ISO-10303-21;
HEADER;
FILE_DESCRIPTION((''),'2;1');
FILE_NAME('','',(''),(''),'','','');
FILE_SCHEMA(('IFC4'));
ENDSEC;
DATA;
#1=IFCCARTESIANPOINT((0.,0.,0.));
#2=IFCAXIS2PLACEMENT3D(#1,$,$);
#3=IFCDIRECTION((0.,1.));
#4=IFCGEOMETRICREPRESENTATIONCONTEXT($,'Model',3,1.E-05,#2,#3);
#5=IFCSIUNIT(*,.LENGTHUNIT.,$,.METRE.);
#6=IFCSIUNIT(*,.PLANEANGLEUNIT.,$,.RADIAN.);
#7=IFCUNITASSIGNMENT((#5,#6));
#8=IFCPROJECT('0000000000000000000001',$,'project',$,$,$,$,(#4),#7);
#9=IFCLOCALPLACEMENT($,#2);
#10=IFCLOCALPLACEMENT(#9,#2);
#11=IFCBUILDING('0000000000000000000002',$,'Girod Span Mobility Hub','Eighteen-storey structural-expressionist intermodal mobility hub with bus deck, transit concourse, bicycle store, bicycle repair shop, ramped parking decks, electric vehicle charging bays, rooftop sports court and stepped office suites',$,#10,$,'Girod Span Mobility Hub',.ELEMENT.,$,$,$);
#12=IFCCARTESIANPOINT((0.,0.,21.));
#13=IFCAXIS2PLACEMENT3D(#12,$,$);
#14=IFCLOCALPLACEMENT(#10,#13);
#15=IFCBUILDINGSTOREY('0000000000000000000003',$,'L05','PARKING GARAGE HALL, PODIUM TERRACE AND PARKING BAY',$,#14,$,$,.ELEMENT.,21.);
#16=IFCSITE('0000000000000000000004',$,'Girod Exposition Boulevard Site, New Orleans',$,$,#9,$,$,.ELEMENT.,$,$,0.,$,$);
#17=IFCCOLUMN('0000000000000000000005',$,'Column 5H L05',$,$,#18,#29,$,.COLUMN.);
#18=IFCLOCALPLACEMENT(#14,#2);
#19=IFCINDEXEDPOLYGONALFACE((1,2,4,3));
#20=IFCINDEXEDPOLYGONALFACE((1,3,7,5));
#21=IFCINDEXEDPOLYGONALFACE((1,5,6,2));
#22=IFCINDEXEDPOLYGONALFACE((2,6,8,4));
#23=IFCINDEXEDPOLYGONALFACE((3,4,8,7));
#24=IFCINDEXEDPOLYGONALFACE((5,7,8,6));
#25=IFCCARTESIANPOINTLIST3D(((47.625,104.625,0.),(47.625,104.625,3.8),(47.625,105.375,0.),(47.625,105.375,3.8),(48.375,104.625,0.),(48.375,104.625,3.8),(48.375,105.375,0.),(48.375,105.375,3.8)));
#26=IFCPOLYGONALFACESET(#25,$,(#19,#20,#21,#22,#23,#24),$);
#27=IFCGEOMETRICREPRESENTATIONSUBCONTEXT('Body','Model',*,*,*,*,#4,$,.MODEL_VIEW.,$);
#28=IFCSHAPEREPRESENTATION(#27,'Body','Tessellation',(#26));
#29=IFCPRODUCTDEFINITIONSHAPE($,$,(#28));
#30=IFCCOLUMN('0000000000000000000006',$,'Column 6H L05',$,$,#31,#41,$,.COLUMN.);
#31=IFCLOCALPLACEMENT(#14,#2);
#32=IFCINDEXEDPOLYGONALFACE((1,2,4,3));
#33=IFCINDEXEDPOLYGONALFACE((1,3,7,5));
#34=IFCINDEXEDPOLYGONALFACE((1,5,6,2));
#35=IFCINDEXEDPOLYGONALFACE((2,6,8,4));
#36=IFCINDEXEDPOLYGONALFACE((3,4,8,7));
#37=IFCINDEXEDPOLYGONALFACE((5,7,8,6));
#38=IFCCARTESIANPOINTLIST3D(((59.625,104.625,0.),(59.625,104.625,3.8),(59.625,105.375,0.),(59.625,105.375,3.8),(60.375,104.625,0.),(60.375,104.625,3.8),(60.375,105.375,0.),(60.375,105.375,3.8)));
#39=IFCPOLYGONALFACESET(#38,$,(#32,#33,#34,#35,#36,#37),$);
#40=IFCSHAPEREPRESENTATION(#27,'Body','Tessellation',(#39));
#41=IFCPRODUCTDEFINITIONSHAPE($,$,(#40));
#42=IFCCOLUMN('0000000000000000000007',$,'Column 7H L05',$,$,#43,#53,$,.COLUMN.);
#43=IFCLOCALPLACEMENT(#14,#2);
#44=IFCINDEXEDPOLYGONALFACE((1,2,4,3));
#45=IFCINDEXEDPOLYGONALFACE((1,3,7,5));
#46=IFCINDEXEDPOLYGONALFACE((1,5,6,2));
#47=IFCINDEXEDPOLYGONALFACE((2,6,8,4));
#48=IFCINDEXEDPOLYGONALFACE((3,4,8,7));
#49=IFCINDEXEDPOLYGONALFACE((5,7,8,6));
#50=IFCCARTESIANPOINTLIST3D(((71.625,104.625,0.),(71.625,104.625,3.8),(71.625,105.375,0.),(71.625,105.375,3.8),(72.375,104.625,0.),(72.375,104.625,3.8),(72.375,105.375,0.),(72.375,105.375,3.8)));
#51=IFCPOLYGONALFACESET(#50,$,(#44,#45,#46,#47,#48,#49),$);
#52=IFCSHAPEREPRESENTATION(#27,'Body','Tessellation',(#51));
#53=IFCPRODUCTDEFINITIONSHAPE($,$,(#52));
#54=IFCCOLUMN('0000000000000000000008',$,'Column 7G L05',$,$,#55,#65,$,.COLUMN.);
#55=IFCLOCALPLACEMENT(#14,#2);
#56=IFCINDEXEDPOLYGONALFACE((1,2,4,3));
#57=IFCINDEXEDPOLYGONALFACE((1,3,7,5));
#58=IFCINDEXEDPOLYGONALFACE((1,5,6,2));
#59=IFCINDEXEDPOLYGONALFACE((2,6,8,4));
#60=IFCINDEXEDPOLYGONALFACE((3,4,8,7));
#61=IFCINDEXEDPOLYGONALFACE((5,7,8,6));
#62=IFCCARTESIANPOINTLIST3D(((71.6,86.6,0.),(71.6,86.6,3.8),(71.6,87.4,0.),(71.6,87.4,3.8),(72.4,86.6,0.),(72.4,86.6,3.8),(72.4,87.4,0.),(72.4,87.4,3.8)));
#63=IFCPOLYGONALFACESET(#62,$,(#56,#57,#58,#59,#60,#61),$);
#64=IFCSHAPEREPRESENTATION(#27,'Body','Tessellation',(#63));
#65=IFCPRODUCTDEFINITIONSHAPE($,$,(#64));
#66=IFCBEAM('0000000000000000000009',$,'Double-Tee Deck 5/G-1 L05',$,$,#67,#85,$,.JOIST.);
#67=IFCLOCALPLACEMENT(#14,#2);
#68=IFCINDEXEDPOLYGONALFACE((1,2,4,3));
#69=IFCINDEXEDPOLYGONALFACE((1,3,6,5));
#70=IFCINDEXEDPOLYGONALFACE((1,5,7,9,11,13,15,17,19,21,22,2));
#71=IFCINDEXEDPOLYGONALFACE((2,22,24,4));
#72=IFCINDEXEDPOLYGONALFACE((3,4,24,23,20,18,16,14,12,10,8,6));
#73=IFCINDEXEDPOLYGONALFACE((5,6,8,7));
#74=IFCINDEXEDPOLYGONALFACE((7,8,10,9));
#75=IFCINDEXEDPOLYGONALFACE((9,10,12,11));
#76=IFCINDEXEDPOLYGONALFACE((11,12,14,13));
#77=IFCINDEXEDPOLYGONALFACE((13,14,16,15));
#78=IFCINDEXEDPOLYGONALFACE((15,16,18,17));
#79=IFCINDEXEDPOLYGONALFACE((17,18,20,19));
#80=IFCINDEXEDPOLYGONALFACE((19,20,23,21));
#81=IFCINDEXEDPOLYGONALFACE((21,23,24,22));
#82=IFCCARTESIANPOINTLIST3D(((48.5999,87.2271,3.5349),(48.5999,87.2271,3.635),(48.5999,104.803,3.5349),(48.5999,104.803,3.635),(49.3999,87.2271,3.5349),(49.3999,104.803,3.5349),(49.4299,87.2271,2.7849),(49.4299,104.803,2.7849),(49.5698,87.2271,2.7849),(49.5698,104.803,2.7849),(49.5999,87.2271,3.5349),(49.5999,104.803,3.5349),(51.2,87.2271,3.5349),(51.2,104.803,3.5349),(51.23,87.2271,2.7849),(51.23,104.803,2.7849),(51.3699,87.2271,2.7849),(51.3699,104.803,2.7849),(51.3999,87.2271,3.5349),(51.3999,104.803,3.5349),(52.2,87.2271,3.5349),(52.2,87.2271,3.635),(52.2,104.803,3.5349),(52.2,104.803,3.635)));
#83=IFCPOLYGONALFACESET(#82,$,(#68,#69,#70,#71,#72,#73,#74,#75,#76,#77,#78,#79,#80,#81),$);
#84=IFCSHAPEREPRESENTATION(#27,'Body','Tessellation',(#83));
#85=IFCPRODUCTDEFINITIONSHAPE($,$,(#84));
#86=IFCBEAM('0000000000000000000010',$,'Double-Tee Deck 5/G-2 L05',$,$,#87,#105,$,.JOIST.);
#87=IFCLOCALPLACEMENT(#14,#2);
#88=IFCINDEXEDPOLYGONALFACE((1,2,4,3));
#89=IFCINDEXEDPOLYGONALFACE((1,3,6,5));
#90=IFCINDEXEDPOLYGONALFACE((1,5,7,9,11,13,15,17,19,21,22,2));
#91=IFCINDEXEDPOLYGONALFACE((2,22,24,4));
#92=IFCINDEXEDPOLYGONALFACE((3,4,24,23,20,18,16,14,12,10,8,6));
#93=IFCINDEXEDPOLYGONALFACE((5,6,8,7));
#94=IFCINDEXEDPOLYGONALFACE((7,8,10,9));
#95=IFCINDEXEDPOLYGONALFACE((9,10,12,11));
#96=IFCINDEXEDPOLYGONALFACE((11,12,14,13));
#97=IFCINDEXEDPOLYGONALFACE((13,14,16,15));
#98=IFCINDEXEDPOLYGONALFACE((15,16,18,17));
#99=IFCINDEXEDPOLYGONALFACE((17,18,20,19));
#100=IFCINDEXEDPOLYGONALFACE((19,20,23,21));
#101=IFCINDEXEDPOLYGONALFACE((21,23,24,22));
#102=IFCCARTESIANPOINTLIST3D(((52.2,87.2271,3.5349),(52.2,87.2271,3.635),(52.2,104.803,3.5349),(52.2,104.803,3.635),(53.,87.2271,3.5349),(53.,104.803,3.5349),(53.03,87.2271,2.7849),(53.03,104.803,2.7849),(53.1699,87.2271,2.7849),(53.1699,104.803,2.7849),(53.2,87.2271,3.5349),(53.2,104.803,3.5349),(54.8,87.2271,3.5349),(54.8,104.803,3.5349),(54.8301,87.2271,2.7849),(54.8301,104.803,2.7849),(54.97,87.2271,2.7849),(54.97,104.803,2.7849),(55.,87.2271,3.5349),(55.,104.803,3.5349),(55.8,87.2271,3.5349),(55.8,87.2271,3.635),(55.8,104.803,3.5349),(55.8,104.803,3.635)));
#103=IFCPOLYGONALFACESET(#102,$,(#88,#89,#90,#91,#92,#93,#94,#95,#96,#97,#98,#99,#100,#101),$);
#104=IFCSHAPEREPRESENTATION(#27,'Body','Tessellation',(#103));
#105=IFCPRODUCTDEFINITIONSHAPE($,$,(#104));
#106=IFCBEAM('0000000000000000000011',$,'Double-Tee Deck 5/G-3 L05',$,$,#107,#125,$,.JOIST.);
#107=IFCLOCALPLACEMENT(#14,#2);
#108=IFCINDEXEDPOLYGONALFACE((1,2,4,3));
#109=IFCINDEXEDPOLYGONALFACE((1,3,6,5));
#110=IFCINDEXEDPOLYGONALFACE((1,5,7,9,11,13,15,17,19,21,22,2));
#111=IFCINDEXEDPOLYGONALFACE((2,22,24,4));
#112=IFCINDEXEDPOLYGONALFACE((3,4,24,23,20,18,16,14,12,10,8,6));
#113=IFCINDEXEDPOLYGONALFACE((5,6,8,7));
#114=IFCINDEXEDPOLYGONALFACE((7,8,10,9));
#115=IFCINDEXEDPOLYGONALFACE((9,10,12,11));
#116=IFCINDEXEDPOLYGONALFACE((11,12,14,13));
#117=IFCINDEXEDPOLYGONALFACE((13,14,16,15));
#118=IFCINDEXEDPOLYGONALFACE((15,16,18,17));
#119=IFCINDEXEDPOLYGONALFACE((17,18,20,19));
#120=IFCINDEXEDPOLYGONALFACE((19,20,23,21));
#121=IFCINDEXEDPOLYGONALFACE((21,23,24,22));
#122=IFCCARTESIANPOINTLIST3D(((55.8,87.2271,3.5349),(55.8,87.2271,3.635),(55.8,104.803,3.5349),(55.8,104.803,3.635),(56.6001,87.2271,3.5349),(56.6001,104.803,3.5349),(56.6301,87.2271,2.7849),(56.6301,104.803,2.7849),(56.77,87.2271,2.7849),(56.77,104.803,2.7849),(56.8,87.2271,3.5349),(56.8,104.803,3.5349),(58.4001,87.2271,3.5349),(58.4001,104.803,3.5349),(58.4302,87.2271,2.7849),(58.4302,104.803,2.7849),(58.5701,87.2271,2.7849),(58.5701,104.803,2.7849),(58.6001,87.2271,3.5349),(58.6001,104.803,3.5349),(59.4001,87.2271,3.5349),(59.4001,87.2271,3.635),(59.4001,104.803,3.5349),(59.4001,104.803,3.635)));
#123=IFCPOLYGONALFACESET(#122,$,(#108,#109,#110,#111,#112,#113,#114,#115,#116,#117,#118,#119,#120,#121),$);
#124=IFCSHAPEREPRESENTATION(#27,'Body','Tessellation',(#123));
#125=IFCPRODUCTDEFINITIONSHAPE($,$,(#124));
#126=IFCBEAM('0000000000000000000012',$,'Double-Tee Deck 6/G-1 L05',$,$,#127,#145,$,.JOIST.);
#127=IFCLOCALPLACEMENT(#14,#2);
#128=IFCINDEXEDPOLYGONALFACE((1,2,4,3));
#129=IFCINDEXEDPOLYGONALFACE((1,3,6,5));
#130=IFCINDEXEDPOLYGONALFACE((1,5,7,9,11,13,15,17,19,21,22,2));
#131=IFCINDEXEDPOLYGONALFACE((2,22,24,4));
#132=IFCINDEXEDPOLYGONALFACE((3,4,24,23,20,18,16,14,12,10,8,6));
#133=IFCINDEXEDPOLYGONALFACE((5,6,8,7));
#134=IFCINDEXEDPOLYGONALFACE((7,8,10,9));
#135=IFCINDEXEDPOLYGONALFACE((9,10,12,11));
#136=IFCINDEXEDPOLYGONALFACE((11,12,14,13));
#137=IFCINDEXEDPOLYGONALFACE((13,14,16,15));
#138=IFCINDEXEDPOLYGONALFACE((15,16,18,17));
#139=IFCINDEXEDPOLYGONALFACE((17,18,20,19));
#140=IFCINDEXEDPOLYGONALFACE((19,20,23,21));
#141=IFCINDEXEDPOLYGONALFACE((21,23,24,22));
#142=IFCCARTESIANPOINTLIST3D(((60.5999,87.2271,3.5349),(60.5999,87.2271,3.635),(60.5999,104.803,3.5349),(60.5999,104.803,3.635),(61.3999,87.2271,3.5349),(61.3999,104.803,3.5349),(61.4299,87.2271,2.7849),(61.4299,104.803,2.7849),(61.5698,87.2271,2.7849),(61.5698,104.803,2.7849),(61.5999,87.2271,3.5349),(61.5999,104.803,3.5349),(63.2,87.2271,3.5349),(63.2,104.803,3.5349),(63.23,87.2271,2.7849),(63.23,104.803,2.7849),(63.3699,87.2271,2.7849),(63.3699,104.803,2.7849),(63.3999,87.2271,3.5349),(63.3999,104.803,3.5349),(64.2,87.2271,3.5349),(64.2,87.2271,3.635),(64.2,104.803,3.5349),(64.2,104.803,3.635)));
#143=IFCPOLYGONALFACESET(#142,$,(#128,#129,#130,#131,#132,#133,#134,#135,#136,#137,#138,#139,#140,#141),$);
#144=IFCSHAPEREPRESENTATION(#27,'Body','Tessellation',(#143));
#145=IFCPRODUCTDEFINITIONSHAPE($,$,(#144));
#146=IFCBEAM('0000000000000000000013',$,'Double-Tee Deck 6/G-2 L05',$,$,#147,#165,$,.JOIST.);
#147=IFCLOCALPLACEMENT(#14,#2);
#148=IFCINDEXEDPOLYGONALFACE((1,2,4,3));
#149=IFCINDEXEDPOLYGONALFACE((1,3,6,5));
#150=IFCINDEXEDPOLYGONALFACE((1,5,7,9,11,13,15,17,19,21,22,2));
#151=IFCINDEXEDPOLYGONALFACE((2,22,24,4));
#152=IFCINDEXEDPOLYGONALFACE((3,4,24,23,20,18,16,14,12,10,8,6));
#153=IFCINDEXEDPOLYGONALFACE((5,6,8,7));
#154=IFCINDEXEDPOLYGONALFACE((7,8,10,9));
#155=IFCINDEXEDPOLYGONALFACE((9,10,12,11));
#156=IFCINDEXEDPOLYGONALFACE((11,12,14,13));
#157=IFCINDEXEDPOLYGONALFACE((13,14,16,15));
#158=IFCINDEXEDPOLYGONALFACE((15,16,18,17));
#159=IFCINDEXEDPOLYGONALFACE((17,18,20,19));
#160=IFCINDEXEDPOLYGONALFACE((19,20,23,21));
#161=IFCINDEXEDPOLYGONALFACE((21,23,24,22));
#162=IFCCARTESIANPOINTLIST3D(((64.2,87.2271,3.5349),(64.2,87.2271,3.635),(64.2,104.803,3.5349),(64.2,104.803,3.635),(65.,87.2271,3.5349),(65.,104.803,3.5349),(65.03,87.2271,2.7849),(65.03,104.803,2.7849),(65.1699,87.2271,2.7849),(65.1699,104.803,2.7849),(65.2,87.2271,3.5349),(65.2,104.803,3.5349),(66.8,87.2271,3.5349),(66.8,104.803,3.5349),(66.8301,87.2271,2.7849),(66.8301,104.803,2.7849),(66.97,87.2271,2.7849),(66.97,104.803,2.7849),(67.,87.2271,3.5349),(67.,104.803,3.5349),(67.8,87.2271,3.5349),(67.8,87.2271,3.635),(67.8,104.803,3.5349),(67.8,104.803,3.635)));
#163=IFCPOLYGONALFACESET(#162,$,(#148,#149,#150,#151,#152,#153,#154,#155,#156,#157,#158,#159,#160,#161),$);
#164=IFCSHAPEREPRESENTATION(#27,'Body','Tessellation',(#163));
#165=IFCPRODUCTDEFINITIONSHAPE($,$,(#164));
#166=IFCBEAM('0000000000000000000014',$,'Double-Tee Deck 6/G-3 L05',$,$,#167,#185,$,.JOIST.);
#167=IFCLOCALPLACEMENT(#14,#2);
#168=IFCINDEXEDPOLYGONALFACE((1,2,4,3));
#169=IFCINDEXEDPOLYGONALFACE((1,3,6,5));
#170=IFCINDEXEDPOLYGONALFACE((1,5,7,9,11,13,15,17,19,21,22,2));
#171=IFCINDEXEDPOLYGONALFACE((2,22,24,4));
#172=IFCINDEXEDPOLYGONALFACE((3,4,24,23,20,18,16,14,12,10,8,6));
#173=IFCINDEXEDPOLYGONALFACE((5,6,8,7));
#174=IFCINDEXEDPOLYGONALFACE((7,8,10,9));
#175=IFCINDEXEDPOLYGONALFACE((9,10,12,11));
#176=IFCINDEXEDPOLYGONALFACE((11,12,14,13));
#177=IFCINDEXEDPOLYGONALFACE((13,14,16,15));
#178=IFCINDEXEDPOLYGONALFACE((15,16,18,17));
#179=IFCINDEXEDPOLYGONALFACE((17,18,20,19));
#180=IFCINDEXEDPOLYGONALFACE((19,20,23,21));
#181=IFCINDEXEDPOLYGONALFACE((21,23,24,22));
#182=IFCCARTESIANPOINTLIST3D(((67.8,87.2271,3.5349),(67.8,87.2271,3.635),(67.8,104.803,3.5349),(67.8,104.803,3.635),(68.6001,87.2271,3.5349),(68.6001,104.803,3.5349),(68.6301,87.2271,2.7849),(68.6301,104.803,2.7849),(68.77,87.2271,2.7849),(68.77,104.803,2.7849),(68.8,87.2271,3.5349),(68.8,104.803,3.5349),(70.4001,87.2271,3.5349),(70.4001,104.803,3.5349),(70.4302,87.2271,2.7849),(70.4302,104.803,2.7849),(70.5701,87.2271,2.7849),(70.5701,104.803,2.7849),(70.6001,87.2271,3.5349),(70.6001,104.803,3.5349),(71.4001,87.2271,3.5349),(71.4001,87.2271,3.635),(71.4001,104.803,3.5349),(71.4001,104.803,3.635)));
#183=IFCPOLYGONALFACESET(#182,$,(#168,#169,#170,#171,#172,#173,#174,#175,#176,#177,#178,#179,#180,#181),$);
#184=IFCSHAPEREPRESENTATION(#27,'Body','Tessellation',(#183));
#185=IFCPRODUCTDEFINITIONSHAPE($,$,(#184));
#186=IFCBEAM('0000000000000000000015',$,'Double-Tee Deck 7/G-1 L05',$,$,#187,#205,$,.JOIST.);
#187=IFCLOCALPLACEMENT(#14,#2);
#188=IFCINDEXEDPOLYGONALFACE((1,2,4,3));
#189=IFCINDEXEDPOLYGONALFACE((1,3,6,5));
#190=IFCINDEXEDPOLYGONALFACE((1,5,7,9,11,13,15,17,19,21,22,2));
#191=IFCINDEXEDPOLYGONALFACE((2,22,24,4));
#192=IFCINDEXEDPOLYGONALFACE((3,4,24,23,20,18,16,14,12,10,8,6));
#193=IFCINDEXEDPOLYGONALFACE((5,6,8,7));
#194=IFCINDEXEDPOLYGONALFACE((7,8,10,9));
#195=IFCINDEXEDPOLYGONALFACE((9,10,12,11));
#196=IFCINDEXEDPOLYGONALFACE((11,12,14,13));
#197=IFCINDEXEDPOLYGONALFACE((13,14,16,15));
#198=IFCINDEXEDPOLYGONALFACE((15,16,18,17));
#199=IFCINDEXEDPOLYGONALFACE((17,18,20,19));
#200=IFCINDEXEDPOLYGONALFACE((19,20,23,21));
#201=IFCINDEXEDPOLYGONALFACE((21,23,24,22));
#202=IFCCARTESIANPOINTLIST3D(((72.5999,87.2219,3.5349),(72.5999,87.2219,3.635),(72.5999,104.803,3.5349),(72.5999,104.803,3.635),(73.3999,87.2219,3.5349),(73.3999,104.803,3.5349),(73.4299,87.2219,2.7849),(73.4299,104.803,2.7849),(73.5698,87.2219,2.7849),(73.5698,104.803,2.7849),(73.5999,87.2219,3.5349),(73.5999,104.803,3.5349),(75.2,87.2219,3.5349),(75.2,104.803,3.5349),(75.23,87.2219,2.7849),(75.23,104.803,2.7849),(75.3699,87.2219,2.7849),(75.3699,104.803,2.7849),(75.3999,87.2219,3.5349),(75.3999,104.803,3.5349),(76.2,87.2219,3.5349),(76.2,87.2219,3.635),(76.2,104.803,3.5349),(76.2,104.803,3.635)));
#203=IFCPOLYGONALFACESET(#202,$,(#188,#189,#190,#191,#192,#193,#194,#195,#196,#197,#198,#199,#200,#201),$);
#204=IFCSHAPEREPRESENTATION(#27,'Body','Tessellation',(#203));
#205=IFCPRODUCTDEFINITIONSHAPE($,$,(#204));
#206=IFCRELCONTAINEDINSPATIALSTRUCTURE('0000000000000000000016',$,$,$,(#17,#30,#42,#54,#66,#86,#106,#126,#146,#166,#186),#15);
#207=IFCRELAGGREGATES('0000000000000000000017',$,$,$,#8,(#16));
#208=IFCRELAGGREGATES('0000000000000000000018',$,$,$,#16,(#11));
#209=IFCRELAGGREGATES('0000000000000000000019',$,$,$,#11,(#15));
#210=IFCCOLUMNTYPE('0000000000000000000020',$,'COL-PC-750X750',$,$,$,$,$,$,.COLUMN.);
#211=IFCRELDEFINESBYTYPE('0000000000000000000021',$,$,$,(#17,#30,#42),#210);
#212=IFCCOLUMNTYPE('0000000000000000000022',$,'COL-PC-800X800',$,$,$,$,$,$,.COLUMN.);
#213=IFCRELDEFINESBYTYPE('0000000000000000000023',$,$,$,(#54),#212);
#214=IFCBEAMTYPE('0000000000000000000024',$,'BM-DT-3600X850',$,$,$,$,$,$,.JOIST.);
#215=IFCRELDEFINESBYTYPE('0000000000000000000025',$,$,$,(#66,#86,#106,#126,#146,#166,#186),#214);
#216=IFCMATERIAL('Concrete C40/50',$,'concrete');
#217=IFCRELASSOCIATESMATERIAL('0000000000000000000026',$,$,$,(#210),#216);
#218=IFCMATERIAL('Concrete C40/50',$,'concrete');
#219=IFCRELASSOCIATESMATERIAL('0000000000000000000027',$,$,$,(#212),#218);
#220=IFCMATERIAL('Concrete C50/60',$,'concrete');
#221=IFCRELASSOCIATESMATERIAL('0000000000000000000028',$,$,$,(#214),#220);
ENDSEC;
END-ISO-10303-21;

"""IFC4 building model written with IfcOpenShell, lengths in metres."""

from ifc_helpers import new_model, si_unit, direction, frame, origin, origin_2d, place, context, subcontext, project, spatial, polyline, rectangle, outline, extrude, material, material_profile, profile_set, type_object, element, save


model = new_model("IFC4")

# Units and contexts
model_context = context("Model", 3, precision=1e-05, world=origin(), true_north=direction((0.0, 1.0)))
body_context = subcontext(model_context, "Body", "Model", "MODEL_VIEW")
ifc_project = project(units=[si_unit("LENGTHUNIT", "METRE"), si_unit("PLANEANGLEUNIT", "RADIAN")], contexts=[model_context])

# Site, building, storey
site_placement = place(None, origin())
site = spatial("IfcSite", under=ifc_project, at=site_placement, Name="Girod Exposition Boulevard Site, New Orleans", CompositionType="ELEMENT", RefElevation=0.0)
building_placement = place(site_placement, origin())
building = spatial("IfcBuilding", under=site, at=building_placement, Name="Girod Span Mobility Hub", Description="Eighteen-storey structural-expressionist intermodal mobility hub with bus deck, transit concourse, bicycle store, bicycle repair shop, ramped parking decks, electric vehicle charging bays, rooftop sports court and stepped office suites", LongName="Girod Span Mobility Hub", CompositionType="ELEMENT")
storey_placement = place(building_placement, frame((0.0, 0.0, 21.0)))
storey = spatial("IfcBuildingStorey", under=building, at=storey_placement, Name="L05", Description="PARKING GARAGE HALL, PODIUM TERRACE AND PARKING BAY", CompositionType="ELEMENT", Elevation=21.0)

# Columns
ifc_material_1 = material(Name="Concrete C40/50", Category="concrete")
ifc_material_profile_1 = material_profile(ifc_material_1, rectangle(XDim=0.75, YDim=0.75, at=origin_2d()), Name="PC-COL-750X750")
ifc_profile_set_1 = profile_set([ifc_material_profile_1], Name="Concrete C40/50")
column_type_1 = type_object("IfcColumnType", Name="COL-PC-750X750", PredefinedType="COLUMN", material=ifc_profile_set_1)
for number, where, z_axis, x_axis, name in (
    (1, (48.0, 105.0, 0.0), (0.0, 0.0, 1.0), (1.0, 0.0, 0.0), "Column 5H L05"),
    (2, (60.0, 105.0, 0.0), (0.0, 0.0, 1.0), (1.0, 0.0, 0.0), "Column 6H L05"),
    (3, (72.0, 105.0, 0.0), (0.0, 0.0, 1.0), (1.0, 0.0, 0.0), "Column 7H L05"),
):
    element("IfcColumn", number, at=place(storey_placement, frame(where, z_axis=z_axis, x_axis=x_axis)), inside=storey, type_object=column_type_1, Name=name, PredefinedType="COLUMN", context=body_context, shape_type="SweptSolid", body=[
        extrude(rectangle(XDim=0.75, YDim=0.75, at=origin_2d()), origin(), (0.0, 0.0, 1.0), 3.8),
    ])
ifc_material_2 = material(Name="Concrete C40/50", Category="concrete")
ifc_material_profile_2 = material_profile(ifc_material_2, rectangle(XDim=0.8, YDim=0.8, at=origin_2d()), Name="PC-COL-800X800")
ifc_profile_set_2 = profile_set([ifc_material_profile_2], Name="Concrete C40/50")
column_type_2 = type_object("IfcColumnType", Name="COL-PC-800X800", PredefinedType="COLUMN", material=ifc_profile_set_2)
column_placement = place(storey_placement, frame((72.0, 87.0, 0.0), z_axis=(0.0, 0.0, 1.0), x_axis=(1.0, 0.0, 0.0)))
element("IfcColumn", 4, at=column_placement, inside=storey, type_object=column_type_2, Name="Column 7G L05", PredefinedType="COLUMN", context=body_context, shape_type="SweptSolid", body=[
    extrude(rectangle(XDim=0.8, YDim=0.8, at=origin_2d()), origin(), (0.0, 0.0, 1.0), 3.8),
])

# Beams
ifc_material_3 = material(Name="Concrete C50/60", Category="concrete")
ifc_material_profile_3 = material_profile(ifc_material_3, outline(polyline([(-1.8, 0.425), (-1.8, 0.325), (-1.0, 0.325), (-0.97, -0.425), (-0.8301, -0.425), (-0.8, 0.325), (0.8, 0.325), (0.8301, -0.425), (0.97, -0.425), (1.0, 0.325), (1.8, 0.325), (1.8, 0.425), (-1.8, 0.425)])), Name="DT-3600X850")
ifc_profile_set_3 = profile_set([ifc_material_profile_3], Name="Concrete C50/60")
beam_type_1 = type_object("IfcBeamType", Name="BM-DT-3600X850", PredefinedType="JOIST", material=ifc_profile_set_3)
for number, where, z_axis, x_axis, name in (
    (5, (50.3999, 87.2271, 3.21), (0.0, 1.0, 0.0), (-1.0, 0.0, 0.0), "Double-Tee Deck 5/G-1 L05"),
    (6, (54.0, 87.2271, 3.21), (0.0, 1.0, 0.0), (-1.0, 0.0, 0.0), "Double-Tee Deck 5/G-2 L05"),
    (7, (57.6001, 87.2271, 3.21), (0.0, 1.0, 0.0), (-1.0, 0.0, 0.0), "Double-Tee Deck 5/G-3 L05"),
    (8, (62.3999, 87.2271, 3.21), (0.0, 1.0, 0.0), (-1.0, 0.0, 0.0), "Double-Tee Deck 6/G-1 L05"),
    (9, (66.0, 87.2271, 3.21), (0.0, 1.0, 0.0), (-1.0, 0.0, 0.0), "Double-Tee Deck 6/G-2 L05"),
    (10, (69.6001, 87.2271, 3.21), (0.0, 1.0, 0.0), (-1.0, 0.0, 0.0), "Double-Tee Deck 6/G-3 L05"),
):
    element("IfcBeam", number, at=place(storey_placement, frame(where, z_axis=z_axis, x_axis=x_axis)), inside=storey, type_object=beam_type_1, Name=name, PredefinedType="JOIST", context=body_context, shape_type="SweptSolid", body=[
        extrude(outline(polyline([(-1.8, 0.425), (-1.8, 0.325), (-1.0, 0.325), (-0.97, -0.425), (-0.8301, -0.425), (-0.8, 0.325), (0.8, 0.325), (0.8301, -0.425), (0.97, -0.425), (1.0, 0.325), (1.8, 0.325), (1.8, 0.425), (-1.8, 0.425)])), origin(), (0.0, 0.0, 1.0), 17.5759),
    ])
beam_placement = place(storey_placement, frame((74.3999, 87.2219, 3.21), z_axis=(0.0, 1.0, 0.0), x_axis=(-1.0, 0.0, 0.0)))
element("IfcBeam", 11, at=beam_placement, inside=storey, type_object=beam_type_1, Name="Double-Tee Deck 7/G-1 L05", PredefinedType="JOIST", context=body_context, shape_type="SweptSolid", body=[
    extrude(outline(polyline([(-1.8, 0.425), (-1.8, 0.325), (-1.0, 0.325), (-0.97, -0.425), (-0.8301, -0.425), (-0.8, 0.325), (0.8, 0.325), (0.8301, -0.425), (0.97, -0.425), (1.0, 0.325), (1.8, 0.325), (1.8, 0.425), (-1.8, 0.425)])), origin(), (0.0, 0.0, 1.0), 17.5811),
])

save(model, "model.ifc")
